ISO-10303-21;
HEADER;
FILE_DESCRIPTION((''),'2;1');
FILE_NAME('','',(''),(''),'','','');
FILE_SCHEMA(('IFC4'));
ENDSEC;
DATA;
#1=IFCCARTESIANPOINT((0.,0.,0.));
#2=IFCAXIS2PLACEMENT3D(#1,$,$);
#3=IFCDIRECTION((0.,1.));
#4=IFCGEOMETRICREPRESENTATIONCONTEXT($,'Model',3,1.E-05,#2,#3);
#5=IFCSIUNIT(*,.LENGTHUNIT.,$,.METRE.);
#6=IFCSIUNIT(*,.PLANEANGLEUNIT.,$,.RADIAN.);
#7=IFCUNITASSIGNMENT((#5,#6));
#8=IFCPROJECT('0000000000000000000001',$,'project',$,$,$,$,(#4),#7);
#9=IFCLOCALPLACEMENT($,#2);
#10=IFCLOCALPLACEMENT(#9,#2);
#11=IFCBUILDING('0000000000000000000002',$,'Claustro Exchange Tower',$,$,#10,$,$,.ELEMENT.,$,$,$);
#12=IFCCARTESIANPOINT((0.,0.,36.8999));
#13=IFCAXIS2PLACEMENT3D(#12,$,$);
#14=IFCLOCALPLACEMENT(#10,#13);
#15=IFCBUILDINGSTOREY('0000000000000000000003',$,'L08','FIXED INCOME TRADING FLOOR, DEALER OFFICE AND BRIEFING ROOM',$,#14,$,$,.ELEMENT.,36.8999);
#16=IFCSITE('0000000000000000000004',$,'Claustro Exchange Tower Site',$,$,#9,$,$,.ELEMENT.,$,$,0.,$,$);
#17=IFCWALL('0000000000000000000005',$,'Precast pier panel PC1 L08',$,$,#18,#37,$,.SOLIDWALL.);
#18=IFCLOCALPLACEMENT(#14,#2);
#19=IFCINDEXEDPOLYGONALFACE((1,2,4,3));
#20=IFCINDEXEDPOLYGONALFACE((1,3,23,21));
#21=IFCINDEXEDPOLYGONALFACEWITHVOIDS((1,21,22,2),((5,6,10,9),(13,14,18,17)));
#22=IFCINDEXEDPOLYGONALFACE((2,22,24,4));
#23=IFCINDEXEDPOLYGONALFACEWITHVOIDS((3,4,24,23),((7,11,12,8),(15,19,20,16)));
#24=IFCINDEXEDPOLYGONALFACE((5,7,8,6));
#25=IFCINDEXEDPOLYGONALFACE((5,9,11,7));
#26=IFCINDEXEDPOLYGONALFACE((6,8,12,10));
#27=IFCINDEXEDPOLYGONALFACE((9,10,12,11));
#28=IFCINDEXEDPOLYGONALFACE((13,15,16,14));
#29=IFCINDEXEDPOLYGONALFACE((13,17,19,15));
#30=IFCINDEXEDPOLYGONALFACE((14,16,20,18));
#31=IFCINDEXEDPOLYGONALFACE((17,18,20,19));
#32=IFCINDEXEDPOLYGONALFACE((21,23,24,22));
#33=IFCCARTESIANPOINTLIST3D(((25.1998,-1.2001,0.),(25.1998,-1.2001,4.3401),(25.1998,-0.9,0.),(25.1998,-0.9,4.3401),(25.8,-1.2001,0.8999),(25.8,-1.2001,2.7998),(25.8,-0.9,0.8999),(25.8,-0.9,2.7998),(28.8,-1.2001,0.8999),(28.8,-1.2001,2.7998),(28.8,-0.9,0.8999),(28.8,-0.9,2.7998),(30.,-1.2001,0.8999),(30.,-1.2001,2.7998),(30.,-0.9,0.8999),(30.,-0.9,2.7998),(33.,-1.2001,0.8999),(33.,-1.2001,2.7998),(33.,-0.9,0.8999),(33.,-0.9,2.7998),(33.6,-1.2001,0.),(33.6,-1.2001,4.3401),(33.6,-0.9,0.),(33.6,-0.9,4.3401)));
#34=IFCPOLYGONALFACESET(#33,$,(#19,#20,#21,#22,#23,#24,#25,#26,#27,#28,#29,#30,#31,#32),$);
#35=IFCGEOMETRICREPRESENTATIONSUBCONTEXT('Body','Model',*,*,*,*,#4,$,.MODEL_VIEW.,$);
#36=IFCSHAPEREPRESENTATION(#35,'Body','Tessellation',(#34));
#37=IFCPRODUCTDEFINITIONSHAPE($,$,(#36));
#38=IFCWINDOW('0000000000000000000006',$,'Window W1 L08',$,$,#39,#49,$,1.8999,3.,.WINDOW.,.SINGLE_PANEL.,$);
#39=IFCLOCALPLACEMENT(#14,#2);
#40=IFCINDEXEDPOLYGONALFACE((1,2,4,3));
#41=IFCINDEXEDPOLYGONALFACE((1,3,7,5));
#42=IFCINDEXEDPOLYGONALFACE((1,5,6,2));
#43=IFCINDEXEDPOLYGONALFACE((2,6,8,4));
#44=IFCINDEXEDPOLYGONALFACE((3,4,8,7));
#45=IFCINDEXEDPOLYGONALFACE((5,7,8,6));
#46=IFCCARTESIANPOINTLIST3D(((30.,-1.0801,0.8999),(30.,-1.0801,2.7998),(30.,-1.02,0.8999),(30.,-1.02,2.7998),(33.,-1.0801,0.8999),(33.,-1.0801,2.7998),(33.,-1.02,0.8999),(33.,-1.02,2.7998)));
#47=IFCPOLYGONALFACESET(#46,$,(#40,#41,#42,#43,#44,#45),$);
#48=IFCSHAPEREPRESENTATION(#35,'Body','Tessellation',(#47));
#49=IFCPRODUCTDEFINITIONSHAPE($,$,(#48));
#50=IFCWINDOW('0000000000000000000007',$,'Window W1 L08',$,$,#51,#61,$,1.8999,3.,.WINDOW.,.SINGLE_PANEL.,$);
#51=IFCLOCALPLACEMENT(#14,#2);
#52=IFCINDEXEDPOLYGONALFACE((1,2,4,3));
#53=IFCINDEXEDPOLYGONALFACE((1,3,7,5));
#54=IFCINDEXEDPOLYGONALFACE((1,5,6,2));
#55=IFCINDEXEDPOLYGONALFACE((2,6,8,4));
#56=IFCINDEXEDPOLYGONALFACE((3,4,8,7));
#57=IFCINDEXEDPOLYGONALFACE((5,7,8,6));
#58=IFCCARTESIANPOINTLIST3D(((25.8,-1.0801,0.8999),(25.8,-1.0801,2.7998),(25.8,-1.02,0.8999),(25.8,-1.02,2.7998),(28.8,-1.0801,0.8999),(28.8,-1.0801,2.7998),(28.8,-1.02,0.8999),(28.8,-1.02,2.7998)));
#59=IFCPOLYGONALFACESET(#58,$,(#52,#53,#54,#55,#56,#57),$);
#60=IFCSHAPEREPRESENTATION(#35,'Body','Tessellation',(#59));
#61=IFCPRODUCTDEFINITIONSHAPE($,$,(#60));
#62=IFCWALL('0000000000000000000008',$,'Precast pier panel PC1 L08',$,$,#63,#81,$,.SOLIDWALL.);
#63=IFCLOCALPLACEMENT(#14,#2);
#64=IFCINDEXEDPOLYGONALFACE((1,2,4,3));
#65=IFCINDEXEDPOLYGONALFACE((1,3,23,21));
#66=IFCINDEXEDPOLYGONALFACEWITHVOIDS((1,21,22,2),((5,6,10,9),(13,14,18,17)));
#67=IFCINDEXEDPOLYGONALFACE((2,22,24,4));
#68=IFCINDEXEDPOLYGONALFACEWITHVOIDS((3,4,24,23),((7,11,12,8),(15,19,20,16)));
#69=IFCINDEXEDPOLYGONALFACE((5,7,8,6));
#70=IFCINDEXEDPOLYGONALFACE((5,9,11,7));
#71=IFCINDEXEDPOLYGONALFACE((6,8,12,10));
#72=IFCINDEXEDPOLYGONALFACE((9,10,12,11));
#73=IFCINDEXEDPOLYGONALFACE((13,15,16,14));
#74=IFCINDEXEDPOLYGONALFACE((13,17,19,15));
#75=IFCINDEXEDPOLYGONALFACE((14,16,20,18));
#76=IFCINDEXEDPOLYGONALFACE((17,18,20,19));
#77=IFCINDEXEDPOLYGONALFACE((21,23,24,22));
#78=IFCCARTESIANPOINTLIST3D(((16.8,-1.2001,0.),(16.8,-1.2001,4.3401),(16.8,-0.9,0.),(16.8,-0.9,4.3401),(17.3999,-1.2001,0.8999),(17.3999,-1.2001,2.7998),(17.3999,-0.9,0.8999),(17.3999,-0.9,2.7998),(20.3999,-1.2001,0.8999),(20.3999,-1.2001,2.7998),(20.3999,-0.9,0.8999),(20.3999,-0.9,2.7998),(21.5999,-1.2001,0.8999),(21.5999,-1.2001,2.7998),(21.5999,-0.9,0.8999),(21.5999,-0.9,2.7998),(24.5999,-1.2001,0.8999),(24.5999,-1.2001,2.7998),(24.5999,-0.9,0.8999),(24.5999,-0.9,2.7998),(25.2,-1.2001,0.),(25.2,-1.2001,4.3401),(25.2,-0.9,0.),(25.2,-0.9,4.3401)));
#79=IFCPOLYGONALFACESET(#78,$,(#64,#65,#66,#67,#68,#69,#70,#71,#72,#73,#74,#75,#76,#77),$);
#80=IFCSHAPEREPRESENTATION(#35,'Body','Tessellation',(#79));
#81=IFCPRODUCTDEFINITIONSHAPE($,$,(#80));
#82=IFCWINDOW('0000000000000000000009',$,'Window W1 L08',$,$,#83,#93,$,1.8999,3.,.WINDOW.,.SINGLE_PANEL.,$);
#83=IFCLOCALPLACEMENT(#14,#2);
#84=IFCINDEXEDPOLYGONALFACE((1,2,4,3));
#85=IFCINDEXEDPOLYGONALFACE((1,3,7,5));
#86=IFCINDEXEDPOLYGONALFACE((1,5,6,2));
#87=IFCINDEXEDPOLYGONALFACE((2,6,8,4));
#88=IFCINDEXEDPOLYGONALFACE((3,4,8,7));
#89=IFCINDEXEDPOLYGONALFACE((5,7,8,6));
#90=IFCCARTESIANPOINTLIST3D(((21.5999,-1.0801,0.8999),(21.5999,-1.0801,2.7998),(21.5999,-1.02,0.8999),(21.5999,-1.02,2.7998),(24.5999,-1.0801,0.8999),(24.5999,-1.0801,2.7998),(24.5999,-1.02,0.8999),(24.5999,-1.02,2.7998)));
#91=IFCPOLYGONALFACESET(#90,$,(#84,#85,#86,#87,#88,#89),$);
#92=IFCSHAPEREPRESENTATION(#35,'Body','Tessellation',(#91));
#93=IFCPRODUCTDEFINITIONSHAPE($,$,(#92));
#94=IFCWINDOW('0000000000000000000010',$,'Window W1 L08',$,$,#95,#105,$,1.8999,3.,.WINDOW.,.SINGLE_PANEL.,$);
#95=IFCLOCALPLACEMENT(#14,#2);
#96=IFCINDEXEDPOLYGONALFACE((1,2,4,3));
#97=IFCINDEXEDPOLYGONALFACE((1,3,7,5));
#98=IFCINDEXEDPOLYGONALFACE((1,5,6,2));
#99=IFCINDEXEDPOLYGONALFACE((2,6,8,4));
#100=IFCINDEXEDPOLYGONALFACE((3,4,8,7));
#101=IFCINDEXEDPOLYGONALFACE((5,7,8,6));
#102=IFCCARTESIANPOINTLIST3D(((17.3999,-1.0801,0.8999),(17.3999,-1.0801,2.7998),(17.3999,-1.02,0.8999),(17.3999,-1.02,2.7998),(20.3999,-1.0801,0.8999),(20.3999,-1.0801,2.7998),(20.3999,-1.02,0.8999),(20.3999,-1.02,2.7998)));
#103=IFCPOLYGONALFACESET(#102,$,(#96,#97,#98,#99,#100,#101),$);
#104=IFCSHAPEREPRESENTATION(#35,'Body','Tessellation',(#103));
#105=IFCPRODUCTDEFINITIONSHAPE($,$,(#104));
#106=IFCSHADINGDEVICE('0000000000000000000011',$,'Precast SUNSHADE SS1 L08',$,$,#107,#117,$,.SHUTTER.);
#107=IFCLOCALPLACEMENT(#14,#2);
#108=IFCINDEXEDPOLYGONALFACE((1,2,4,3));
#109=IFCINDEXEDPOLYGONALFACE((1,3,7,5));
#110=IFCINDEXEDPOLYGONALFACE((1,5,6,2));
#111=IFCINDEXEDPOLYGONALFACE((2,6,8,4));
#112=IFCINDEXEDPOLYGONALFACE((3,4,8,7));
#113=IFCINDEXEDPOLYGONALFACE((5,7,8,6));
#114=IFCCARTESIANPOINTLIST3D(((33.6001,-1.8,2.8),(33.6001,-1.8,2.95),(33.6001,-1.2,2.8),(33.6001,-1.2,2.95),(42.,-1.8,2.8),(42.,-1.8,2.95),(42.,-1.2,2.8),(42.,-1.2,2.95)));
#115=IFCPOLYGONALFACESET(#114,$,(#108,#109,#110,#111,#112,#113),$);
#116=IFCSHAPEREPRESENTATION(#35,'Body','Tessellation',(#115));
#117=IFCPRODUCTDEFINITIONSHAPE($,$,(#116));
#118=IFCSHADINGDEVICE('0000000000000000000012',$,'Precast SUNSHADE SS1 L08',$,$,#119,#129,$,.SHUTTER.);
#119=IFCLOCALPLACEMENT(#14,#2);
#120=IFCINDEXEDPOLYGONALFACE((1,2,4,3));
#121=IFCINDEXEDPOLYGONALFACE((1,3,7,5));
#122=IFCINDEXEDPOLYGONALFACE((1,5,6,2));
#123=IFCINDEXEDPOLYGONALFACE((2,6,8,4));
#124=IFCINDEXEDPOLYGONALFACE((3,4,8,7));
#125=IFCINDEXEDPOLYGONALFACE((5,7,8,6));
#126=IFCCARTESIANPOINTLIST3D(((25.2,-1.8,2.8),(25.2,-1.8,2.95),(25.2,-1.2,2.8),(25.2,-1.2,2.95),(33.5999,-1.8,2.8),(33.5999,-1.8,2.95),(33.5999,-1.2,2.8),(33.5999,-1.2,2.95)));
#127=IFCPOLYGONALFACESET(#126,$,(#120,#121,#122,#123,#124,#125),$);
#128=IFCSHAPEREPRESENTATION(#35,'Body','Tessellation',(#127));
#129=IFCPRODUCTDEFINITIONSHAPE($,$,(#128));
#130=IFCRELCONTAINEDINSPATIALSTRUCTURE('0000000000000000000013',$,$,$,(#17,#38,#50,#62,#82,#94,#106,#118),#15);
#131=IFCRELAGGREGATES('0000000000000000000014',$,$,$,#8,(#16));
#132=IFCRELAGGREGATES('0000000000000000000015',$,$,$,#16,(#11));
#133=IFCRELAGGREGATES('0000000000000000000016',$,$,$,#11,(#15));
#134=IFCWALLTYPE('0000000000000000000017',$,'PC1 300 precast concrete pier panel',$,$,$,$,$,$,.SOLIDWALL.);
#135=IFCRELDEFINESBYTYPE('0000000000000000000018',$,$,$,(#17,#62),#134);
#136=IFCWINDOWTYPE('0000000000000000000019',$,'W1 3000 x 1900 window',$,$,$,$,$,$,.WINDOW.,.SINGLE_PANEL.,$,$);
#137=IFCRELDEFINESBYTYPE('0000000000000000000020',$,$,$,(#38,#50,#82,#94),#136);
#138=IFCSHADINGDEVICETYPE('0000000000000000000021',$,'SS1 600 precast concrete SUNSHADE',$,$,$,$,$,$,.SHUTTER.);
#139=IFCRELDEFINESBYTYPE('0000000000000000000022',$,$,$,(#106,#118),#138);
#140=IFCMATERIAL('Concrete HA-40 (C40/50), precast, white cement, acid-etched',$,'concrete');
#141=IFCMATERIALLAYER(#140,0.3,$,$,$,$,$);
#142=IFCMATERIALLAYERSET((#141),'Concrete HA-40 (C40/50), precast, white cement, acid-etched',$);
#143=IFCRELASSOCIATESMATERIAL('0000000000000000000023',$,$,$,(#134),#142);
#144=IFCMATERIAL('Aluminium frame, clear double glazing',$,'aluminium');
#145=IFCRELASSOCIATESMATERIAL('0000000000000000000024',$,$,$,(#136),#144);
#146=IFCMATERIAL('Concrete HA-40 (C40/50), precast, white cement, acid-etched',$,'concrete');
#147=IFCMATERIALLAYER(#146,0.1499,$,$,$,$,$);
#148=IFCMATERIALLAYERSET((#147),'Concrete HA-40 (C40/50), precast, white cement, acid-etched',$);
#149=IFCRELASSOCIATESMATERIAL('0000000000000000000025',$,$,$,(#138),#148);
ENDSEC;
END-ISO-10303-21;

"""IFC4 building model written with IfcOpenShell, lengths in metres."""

from ifc_helpers import new_model, si_unit, direction, frame, frame_2d, origin, origin_2d, place, context, subcontext, project, spatial, rectangle, extrude, material, layer, layer_set, type_object, element, fill, save


model = new_model("IFC4")

# Units and contexts
model_context = context("Model", 3, precision=1e-05, world=origin(), true_north=direction((0.0, 1.0)))
body_context = subcontext(model_context, "Body", "Model", "MODEL_VIEW")
ifc_project = project(units=[si_unit("LENGTHUNIT", "METRE"), si_unit("PLANEANGLEUNIT", "RADIAN")], contexts=[model_context])

# Site, building, storey
site_placement = place(None, origin())
site = spatial("IfcSite", under=ifc_project, at=site_placement, Name="Claustro Exchange Tower Site", CompositionType="ELEMENT", RefElevation=0.0)
building_placement = place(site_placement, origin())
building = spatial("IfcBuilding", under=site, at=building_placement, Name="Claustro Exchange Tower", CompositionType="ELEMENT")
storey_placement = place(building_placement, frame((0.0, 0.0, 36.8999)))
storey = spatial("IfcBuildingStorey", under=building, at=storey_placement, Name="L08", Description="FIXED INCOME TRADING FLOOR, DEALER OFFICE AND BRIEFING ROOM", CompositionType="ELEMENT", Elevation=36.8999)

# Walls, openings, windows
ifc_material_1 = material(Name="Concrete HA-40 (C40/50), precast, white cement, acid-etched", Category="concrete")
ifc_layer_1 = layer(ifc_material_1, 0.3)
ifc_layer_set_1 = layer_set([ifc_layer_1], Name="Concrete HA-40 (C40/50), precast, white cement, acid-etched")
wall_type_1 = type_object("IfcWallType", Name="PC1 300 precast concrete pier panel", PredefinedType="SOLIDWALL", material=ifc_layer_set_1)
wall_1_placement = place(storey_placement, frame((33.6001, -1.05, 0.0), z_axis=(0.0, 0.0, 1.0), x_axis=(-1.0, 0.0, 0.0)))
wall_1 = element("IfcWall", 1, at=wall_1_placement, inside=storey, type_object=wall_type_1, Name="Precast pier panel PC1 L08", PredefinedType="SOLIDWALL", context=body_context, shape_type="SweptSolid", body=[
    extrude(rectangle(XDim=8.4001, YDim=0.3, at=frame_2d((4.2002, 0.0))), origin(), (0.0, 0.0, 1.0), 4.3401),
])
opening_1_placement = place(wall_1_placement, frame((0.6001, 0.0, 0.8999)))
opening_1 = element("IfcOpeningElement", 2, at=opening_1_placement, cuts=wall_1, PredefinedType="OPENING", context=body_context, shape_type="SweptSolid", body=[
    extrude(rectangle(XDim=3.0, YDim=1.8999, at=frame_2d((1.5, 0.95))), frame((0.0, 0.1599, 0.0), z_axis=(0.0, -1.0, 0.0), x_axis=(1.0, 0.0, 0.0)), (0.0, 0.0, 1.0), 0.3201),
])
opening_2_placement = place(wall_1_placement, frame((4.8, 0.0, 0.8999)))
opening_2 = element("IfcOpeningElement", 3, at=opening_2_placement, cuts=wall_1, PredefinedType="OPENING", context=body_context, shape_type="SweptSolid", body=[
    extrude(rectangle(XDim=3.0, YDim=1.8999, at=frame_2d((1.5, 0.95))), frame((0.0, 0.1599, 0.0), z_axis=(0.0, -1.0, 0.0), x_axis=(1.0, 0.0, 0.0)), (0.0, 0.0, 1.0), 0.3201),
])
ifc_material_2 = material(Name="Aluminium frame, clear double glazing", Category="aluminium")
window_type = type_object("IfcWindowType", Name="W1 3000 x 1900 window", PartitioningType="SINGLE_PANEL", PredefinedType="WINDOW", material=ifc_material_2)
window_1_placement = place(opening_1_placement, origin())
window_1 = element("IfcWindow", 4, at=window_1_placement, inside=storey, type_object=window_type, Name="Window W1 L08", OverallHeight=1.8999, OverallWidth=3.0, PartitioningType="SINGLE_PANEL", PredefinedType="WINDOW", context=body_context, shape_type="SweptSolid", body=[
    extrude(rectangle(XDim=3.0, YDim=1.8999, at=frame_2d((1.5, 0.95))), frame((0.0, 0.03, 0.0), z_axis=(0.0, -1.0, 0.0), x_axis=(1.0, 0.0, 0.0)), (0.0, 0.0, 1.0), 0.0601),
])
fill(opening_1, window_1)
window_2_placement = place(opening_2_placement, origin())
window_2 = element("IfcWindow", 5, at=window_2_placement, inside=storey, type_object=window_type, Name="Window W1 L08", OverallHeight=1.8999, OverallWidth=3.0, PartitioningType="SINGLE_PANEL", PredefinedType="WINDOW", context=body_context, shape_type="SweptSolid", body=[
    extrude(rectangle(XDim=3.0, YDim=1.8999, at=frame_2d((1.5, 0.95))), frame((0.0, 0.03, 0.0), z_axis=(0.0, -1.0, 0.0), x_axis=(1.0, 0.0, 0.0)), (0.0, 0.0, 1.0), 0.0601),
])
fill(opening_2, window_2)
wall_2_placement = place(storey_placement, frame((25.2, -1.05, 0.0), z_axis=(0.0, 0.0, 1.0), x_axis=(-1.0, 0.0, 0.0)))
wall_2 = element("IfcWall", 6, at=wall_2_placement, inside=storey, type_object=wall_type_1, Name="Precast pier panel PC1 L08", PredefinedType="SOLIDWALL", context=body_context, shape_type="SweptSolid", body=[
    extrude(rectangle(XDim=8.3999, YDim=0.3, at=frame_2d((4.2, 0.0))), origin(), (0.0, 0.0, 1.0), 4.3401),
])
opening_3_placement = place(wall_2_placement, frame((0.6001, 0.0, 0.8999)))
opening_3 = element("IfcOpeningElement", 7, at=opening_3_placement, cuts=wall_2, PredefinedType="OPENING", context=body_context, shape_type="SweptSolid", body=[
    extrude(rectangle(XDim=3.0, YDim=1.8999, at=frame_2d((1.5, 0.95))), frame((0.0, 0.1599, 0.0), z_axis=(0.0, -1.0, 0.0), x_axis=(1.0, 0.0, 0.0)), (0.0, 0.0, 1.0), 0.3201),
])
opening_4_placement = place(wall_2_placement, frame((4.8, 0.0, 0.8999)))
opening_4 = element("IfcOpeningElement", 8, at=opening_4_placement, cuts=wall_2, PredefinedType="OPENING", context=body_context, shape_type="SweptSolid", body=[
    extrude(rectangle(XDim=3.0, YDim=1.8999, at=frame_2d((1.5, 0.95))), frame((0.0, 0.1599, 0.0), z_axis=(0.0, -1.0, 0.0), x_axis=(1.0, 0.0, 0.0)), (0.0, 0.0, 1.0), 0.3201),
])
window_3_placement = place(opening_3_placement, origin())
window_3 = element("IfcWindow", 9, at=window_3_placement, inside=storey, type_object=window_type, Name="Window W1 L08", OverallHeight=1.8999, OverallWidth=3.0, PartitioningType="SINGLE_PANEL", PredefinedType="WINDOW", context=body_context, shape_type="SweptSolid", body=[
    extrude(rectangle(XDim=3.0, YDim=1.8999, at=frame_2d((1.5, 0.95))), frame((0.0, 0.03, 0.0), z_axis=(0.0, -1.0, 0.0), x_axis=(1.0, 0.0, 0.0)), (0.0, 0.0, 1.0), 0.0601),
])
fill(opening_3, window_3)
window_4_placement = place(opening_4_placement, origin())
window_4 = element("IfcWindow", 10, at=window_4_placement, inside=storey, type_object=window_type, Name="Window W1 L08", OverallHeight=1.8999, OverallWidth=3.0, PartitioningType="SINGLE_PANEL", PredefinedType="WINDOW", context=body_context, shape_type="SweptSolid", body=[
    extrude(rectangle(XDim=3.0, YDim=1.8999, at=frame_2d((1.5, 0.95))), frame((0.0, 0.03, 0.0), z_axis=(0.0, -1.0, 0.0), x_axis=(1.0, 0.0, 0.0)), (0.0, 0.0, 1.0), 0.0601),
])
fill(opening_4, window_4)

# Shading devices
ifc_material_3 = material(Name="Concrete HA-40 (C40/50), precast, white cement, acid-etched", Category="concrete")
ifc_layer_2 = layer(ifc_material_3, 0.1499)
ifc_layer_set_2 = layer_set([ifc_layer_2], Name="Concrete HA-40 (C40/50), precast, white cement, acid-etched")
shading_device_type = type_object("IfcShadingDeviceType", Name="SS1 600 precast concrete SUNSHADE", PredefinedType="SHUTTER", material=ifc_layer_set_2)
for number, where, z_axis, x_axis, name in (
    (11, (37.8, -1.5, 2.8), (0.0, 0.0, 1.0), (-1.0, 0.0, 0.0), "Precast SUNSHADE SS1 L08"),
    (12, (29.3999, -1.5, 2.8), (0.0, 0.0, 1.0), (-1.0, 0.0, 0.0), "Precast SUNSHADE SS1 L08"),
):
    element("IfcShadingDevice", number, at=place(storey_placement, frame(where, z_axis=z_axis, x_axis=x_axis)), inside=storey, type_object=shading_device_type, Name=name, PredefinedType="SHUTTER", context=body_context, shape_type="SweptSolid", body=[
        extrude(rectangle(XDim=8.3999, YDim=0.6001, at=origin_2d()), origin(), (0.0, 0.0, 1.0), 0.1499),
    ])

save(model, "model.ifc")
